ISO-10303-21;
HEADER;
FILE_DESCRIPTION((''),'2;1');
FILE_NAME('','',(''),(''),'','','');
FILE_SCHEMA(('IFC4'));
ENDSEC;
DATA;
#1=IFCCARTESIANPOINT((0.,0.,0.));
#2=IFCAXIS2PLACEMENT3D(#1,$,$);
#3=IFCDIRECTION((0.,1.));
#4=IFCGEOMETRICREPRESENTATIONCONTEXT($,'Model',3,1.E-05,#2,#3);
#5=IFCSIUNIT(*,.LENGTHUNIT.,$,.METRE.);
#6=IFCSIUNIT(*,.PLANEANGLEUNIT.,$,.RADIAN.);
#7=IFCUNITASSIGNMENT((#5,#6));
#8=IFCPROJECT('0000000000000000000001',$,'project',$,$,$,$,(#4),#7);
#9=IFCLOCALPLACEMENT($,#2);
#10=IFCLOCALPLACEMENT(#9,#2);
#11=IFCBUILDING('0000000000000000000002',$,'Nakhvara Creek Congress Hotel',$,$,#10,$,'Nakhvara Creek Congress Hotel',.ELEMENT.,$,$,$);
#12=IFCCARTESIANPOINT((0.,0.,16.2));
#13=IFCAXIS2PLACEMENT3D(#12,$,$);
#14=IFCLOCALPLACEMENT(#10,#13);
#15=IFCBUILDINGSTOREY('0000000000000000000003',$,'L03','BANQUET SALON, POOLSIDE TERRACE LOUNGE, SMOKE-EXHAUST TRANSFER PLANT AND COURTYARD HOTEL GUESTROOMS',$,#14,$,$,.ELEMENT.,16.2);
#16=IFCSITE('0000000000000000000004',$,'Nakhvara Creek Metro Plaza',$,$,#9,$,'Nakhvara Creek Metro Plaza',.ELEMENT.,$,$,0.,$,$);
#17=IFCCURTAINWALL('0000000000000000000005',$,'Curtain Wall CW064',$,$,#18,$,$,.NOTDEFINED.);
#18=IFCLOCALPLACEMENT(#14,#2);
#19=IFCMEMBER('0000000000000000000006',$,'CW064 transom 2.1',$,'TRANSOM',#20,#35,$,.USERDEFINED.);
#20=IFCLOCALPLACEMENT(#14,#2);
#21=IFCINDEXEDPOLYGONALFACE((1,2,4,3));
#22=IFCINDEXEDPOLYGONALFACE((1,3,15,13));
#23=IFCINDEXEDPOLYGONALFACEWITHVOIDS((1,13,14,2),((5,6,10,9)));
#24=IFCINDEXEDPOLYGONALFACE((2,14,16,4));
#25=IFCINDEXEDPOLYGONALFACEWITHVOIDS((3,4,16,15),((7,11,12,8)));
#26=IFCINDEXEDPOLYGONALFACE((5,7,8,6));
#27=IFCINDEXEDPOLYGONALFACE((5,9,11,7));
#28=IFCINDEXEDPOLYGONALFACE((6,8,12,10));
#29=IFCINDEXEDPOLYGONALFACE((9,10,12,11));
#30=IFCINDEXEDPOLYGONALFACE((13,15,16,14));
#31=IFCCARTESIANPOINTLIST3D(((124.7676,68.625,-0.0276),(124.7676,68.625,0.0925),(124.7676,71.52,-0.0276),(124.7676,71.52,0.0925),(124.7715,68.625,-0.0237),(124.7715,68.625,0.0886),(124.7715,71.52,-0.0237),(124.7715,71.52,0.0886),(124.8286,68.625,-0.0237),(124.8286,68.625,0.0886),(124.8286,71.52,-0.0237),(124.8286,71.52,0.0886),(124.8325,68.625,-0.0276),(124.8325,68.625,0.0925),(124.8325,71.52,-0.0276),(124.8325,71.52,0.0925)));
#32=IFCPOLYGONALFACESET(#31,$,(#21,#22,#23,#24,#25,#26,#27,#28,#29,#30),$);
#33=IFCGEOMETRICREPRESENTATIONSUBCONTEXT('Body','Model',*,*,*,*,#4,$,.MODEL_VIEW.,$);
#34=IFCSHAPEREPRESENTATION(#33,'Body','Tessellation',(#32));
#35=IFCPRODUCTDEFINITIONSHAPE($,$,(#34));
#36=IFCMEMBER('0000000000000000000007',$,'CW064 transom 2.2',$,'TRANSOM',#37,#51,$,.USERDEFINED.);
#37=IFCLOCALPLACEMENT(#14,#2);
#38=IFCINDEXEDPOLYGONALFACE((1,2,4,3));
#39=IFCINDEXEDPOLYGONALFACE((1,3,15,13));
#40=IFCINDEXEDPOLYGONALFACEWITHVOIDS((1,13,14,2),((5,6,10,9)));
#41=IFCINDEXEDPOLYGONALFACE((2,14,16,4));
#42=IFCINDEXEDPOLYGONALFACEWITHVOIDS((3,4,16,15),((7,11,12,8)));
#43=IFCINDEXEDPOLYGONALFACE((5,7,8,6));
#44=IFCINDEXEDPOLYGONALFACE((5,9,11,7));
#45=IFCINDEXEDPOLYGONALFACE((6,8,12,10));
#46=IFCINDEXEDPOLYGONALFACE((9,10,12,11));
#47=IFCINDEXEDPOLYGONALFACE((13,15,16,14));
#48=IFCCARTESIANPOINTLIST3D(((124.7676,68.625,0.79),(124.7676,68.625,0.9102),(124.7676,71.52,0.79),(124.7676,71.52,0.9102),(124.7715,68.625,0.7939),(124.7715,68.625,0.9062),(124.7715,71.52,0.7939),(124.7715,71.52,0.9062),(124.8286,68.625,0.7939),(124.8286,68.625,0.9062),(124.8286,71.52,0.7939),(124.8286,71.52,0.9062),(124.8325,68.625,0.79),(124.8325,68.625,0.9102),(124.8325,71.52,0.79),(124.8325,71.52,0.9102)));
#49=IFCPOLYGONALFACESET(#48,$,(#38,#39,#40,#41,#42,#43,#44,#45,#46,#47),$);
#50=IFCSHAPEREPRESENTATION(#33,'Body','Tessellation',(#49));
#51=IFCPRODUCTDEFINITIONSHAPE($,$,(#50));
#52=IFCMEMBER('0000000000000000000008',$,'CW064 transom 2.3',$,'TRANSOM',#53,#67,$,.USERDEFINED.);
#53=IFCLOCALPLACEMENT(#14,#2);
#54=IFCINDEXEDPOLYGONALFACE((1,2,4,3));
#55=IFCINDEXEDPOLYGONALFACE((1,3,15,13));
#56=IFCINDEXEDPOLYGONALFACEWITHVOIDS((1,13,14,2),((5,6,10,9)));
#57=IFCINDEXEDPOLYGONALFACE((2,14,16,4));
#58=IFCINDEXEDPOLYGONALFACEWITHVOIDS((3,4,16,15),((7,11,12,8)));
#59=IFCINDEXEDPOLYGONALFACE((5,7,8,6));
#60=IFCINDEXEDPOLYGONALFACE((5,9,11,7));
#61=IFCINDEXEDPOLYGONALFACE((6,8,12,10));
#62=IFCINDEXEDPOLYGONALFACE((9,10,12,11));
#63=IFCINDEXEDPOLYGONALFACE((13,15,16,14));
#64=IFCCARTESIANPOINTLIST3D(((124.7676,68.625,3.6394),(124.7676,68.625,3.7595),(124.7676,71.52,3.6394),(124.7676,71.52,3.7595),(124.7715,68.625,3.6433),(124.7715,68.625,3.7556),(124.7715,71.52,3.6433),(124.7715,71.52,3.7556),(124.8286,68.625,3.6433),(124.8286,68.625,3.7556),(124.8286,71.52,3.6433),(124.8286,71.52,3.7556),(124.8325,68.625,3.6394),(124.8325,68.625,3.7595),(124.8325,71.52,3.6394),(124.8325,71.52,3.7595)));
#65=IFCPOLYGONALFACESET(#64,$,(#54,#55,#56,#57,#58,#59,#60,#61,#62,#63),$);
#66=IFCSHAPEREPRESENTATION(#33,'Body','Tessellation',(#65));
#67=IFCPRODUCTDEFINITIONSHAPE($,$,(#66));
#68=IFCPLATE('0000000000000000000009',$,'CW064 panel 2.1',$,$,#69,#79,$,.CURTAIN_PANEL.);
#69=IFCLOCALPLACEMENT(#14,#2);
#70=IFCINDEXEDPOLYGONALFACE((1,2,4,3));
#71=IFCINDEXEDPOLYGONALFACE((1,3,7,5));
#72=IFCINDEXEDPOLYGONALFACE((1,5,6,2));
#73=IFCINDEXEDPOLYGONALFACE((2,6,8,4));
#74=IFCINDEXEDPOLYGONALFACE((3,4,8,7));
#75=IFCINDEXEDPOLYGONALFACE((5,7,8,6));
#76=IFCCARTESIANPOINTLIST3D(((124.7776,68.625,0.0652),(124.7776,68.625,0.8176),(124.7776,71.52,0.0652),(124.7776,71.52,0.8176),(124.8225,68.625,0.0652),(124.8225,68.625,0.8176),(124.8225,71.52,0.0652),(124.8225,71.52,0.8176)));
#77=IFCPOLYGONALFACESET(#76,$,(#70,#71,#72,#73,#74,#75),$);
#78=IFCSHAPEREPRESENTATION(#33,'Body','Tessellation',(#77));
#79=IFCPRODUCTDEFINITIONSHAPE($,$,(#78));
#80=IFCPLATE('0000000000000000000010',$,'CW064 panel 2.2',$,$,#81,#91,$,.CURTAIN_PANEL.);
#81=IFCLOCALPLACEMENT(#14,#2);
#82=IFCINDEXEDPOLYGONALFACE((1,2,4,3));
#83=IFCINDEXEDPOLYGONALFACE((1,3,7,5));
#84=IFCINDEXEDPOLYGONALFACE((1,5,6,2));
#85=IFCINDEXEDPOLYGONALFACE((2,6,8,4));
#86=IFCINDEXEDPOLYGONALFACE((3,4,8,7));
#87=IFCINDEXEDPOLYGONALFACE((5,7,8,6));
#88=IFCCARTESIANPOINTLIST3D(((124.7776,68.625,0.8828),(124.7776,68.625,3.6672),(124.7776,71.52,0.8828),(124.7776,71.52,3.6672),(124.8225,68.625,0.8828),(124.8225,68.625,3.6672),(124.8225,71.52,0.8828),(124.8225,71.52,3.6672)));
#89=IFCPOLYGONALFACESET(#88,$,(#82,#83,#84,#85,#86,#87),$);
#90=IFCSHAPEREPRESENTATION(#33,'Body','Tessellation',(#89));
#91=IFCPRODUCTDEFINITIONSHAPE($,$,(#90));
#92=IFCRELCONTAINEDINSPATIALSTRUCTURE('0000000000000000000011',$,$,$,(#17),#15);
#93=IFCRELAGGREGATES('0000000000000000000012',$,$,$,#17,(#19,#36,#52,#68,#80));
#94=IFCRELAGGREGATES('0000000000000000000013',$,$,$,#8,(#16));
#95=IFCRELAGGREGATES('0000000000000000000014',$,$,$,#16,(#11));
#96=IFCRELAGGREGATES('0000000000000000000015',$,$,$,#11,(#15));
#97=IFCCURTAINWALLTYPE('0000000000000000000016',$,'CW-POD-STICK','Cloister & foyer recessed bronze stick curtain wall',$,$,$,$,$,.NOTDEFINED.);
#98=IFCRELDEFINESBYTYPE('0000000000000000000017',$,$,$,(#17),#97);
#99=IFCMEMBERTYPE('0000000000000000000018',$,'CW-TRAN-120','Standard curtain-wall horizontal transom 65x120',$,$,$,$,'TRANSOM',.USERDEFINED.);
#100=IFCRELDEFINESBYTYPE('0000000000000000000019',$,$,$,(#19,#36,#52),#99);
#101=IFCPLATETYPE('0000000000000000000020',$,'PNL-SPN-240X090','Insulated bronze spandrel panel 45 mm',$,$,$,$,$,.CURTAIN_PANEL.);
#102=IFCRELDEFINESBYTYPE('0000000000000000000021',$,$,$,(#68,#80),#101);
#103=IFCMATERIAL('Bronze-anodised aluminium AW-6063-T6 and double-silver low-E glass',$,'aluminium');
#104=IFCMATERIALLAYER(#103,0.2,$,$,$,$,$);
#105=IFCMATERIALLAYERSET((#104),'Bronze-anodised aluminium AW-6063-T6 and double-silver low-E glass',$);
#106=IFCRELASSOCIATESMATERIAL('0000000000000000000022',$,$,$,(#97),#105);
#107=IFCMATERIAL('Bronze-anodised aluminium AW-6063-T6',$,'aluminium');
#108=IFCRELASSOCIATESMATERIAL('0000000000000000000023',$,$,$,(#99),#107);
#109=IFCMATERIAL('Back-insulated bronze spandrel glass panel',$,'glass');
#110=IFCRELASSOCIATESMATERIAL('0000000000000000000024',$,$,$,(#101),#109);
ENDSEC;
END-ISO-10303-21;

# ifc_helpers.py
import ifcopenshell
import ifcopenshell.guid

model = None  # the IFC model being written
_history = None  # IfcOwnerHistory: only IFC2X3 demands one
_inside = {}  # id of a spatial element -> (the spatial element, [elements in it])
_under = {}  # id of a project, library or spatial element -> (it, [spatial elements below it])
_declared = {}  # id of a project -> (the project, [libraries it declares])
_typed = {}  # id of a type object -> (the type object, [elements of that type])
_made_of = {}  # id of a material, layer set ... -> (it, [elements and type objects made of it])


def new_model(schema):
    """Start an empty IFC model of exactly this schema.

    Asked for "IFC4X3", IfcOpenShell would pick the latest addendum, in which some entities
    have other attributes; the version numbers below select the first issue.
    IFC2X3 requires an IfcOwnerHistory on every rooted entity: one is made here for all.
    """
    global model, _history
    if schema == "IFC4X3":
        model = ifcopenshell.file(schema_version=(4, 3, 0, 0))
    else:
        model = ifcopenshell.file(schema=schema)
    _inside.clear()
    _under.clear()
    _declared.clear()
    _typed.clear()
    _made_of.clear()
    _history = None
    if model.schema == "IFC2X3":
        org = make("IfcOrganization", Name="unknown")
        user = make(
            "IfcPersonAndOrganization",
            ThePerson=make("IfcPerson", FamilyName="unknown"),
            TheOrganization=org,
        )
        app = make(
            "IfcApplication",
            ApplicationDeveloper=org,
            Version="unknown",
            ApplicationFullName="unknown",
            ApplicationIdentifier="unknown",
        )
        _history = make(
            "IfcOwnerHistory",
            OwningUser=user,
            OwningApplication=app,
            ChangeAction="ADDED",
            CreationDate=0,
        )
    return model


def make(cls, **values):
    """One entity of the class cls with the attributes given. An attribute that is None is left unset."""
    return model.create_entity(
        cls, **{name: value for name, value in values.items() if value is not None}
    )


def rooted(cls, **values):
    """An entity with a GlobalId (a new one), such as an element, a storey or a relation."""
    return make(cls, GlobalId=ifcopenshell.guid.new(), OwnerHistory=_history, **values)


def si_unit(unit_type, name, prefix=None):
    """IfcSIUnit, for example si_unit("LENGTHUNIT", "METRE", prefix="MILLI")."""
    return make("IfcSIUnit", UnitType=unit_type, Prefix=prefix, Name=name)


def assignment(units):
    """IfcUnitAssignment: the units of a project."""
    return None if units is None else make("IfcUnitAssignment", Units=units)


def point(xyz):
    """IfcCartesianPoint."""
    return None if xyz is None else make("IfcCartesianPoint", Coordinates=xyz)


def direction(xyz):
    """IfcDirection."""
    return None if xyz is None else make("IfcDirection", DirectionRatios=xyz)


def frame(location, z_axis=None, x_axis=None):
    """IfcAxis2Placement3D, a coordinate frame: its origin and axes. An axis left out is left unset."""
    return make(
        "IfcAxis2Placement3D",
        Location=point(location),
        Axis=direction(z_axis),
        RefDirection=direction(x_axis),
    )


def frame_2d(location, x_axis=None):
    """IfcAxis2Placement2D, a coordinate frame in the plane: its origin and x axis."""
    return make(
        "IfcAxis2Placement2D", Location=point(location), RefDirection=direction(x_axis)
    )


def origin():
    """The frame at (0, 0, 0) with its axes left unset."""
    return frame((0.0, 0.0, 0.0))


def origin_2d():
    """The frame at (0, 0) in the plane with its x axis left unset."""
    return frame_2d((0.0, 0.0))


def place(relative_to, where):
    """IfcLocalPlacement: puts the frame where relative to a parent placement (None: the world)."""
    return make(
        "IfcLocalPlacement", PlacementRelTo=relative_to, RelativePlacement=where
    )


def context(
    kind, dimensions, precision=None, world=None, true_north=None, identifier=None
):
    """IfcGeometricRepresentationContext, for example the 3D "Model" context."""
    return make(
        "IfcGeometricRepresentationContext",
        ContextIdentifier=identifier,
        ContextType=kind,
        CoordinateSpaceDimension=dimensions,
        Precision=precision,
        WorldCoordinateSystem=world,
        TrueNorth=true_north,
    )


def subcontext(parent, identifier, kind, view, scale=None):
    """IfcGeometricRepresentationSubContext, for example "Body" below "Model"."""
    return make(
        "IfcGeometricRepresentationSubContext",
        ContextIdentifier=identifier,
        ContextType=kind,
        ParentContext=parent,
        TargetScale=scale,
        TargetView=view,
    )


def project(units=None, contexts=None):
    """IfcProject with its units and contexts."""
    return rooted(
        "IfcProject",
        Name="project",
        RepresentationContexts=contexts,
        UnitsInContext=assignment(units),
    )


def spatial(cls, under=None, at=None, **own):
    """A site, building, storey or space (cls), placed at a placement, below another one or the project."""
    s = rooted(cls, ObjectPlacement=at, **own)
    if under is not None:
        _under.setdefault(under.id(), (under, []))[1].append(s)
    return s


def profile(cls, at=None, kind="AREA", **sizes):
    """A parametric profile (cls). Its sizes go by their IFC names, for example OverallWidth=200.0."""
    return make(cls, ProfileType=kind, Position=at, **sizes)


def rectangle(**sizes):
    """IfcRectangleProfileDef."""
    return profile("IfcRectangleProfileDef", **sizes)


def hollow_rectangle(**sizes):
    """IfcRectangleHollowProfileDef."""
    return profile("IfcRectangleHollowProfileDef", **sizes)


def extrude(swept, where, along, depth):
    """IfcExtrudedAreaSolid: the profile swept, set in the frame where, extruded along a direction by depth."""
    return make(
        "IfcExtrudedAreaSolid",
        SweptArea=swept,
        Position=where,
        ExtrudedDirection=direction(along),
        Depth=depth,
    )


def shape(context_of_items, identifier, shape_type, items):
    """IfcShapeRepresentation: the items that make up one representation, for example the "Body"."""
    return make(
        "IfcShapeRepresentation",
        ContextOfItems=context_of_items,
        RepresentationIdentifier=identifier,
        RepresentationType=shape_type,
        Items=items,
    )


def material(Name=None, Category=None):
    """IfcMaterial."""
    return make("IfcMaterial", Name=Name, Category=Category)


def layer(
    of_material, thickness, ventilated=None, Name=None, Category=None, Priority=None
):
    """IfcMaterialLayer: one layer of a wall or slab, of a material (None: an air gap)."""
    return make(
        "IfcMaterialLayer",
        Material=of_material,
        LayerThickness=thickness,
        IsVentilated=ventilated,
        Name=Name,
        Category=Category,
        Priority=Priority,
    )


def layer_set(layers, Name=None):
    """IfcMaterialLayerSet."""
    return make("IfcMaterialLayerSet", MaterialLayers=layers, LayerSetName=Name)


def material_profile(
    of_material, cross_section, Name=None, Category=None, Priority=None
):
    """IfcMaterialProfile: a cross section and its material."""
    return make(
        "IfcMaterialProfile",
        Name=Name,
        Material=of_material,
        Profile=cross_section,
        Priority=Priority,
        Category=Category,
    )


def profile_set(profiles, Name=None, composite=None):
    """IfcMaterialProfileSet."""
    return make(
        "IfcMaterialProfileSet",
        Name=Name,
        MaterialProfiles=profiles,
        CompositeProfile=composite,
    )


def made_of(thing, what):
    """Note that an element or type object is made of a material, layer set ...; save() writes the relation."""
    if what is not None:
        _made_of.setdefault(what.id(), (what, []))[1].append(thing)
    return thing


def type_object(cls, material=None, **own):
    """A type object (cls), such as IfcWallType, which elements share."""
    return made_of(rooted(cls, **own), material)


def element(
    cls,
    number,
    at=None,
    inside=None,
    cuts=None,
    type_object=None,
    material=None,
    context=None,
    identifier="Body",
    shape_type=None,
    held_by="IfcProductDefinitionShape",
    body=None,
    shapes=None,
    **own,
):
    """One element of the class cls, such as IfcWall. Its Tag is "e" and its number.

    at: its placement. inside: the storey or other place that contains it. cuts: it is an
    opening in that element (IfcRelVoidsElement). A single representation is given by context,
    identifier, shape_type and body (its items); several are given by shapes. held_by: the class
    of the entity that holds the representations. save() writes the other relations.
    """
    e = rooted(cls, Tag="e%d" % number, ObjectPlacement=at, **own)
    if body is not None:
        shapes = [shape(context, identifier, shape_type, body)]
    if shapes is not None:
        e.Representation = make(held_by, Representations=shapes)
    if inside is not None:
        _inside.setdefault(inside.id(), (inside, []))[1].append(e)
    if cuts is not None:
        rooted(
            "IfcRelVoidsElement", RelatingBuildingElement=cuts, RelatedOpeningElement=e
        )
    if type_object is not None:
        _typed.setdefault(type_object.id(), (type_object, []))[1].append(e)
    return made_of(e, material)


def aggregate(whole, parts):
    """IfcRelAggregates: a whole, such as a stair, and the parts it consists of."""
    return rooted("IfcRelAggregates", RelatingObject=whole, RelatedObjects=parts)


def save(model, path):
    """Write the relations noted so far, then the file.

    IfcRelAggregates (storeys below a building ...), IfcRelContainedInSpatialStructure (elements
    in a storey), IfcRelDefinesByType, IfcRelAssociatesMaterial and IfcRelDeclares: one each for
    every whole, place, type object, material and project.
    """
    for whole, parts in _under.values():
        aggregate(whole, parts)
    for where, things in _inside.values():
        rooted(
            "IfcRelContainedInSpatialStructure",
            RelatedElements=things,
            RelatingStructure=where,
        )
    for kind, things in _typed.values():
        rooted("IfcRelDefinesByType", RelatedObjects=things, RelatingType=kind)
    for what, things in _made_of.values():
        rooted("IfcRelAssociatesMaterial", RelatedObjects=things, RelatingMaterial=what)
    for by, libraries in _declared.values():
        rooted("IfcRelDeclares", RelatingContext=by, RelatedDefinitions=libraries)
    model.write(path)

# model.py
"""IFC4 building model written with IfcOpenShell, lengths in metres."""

from ifc_helpers import new_model, si_unit, direction, frame, origin, origin_2d, place, context, subcontext, project, spatial, rectangle, hollow_rectangle, extrude, material, layer, layer_set, material_profile, profile_set, type_object, element, aggregate, save


model = new_model("IFC4")

# Units and contexts
model_context = context("Model", 3, precision=1e-05, world=origin(), true_north=direction((0.0, 1.0)))
body_context = subcontext(model_context, "Body", "Model", "MODEL_VIEW")
ifc_project = project(units=[si_unit("LENGTHUNIT", "METRE"), si_unit("PLANEANGLEUNIT", "RADIAN")], contexts=[model_context])

# Site, building, storey
site_placement = place(None, origin())
site = spatial("IfcSite", under=ifc_project, at=site_placement, Name="Nakhvara Creek Metro Plaza", LongName="Nakhvara Creek Metro Plaza", CompositionType="ELEMENT", RefElevation=0.0)
building_placement = place(site_placement, origin())
building = spatial("IfcBuilding", under=site, at=building_placement, Name="Nakhvara Creek Congress Hotel", LongName="Nakhvara Creek Congress Hotel", CompositionType="ELEMENT")
storey_placement = place(building_placement, frame((0.0, 0.0, 16.2)))
storey = spatial("IfcBuildingStorey", under=building, at=storey_placement, Name="L03", Description="BANQUET SALON, POOLSIDE TERRACE LOUNGE, SMOKE-EXHAUST TRANSFER PLANT AND COURTYARD HOTEL GUESTROOMS", CompositionType="ELEMENT", Elevation=16.2)

# Curtain wall, members, plates
ifc_material_1 = material(Name="Bronze-anodised aluminium AW-6063-T6 and double-silver low-E glass", Category="aluminium")
ifc_layer = layer(ifc_material_1, 0.2)
ifc_layer_set = layer_set([ifc_layer], Name="Bronze-anodised aluminium AW-6063-T6 and double-silver low-E glass")
curtain_wall_type = type_object("IfcCurtainWallType", Name="CW-POD-STICK", Description="Cloister & foyer recessed bronze stick curtain wall", PredefinedType="NOTDEFINED", material=ifc_layer_set)
curtain_wall_placement = place(storey_placement, origin())
curtain_wall = element("IfcCurtainWall", 1, at=curtain_wall_placement, inside=storey, type_object=curtain_wall_type, Name="Curtain Wall CW064", PredefinedType="NOTDEFINED")
ifc_material_2 = material(Name="Bronze-anodised aluminium AW-6063-T6", Category="aluminium")
ifc_material_profile_1 = material_profile(ifc_material_2, hollow_rectangle(XDim=0.0649, YDim=0.1201, WallThickness=0.0039, at=origin_2d()), Name="ALU-TRAN 65x120x4", Category="LoadBearing")
ifc_profile_set_1 = profile_set([ifc_material_profile_1], Name="Bronze-anodised aluminium AW-6063-T6")
member_type_1 = type_object("IfcMemberType", Name="CW-TRAN-120", Description="Standard curtain-wall horizontal transom 65x120", ElementType="TRANSOM", PredefinedType="USERDEFINED", material=ifc_profile_set_1)
member_1_placement = place(storey_placement, frame((124.8, 68.625, 0.0325), z_axis=(0.0, 1.0, 0.0), x_axis=(-1.0, 0.0, 0.0)))
member_1 = element("IfcMember", 2, at=member_1_placement, type_object=member_type_1, Name="CW064 transom 2.1", ObjectType="TRANSOM", PredefinedType="USERDEFINED", context=body_context, shape_type="SweptSolid", body=[
    extrude(hollow_rectangle(XDim=0.0649, YDim=0.1201, WallThickness=0.0039, at=origin_2d()), origin(), (0.0, 0.0, 1.0), 2.895),
])
member_2_placement = place(storey_placement, frame((124.8, 68.625, 0.8501), z_axis=(0.0, 1.0, 0.0), x_axis=(-1.0, 0.0, 0.0)))
member_2 = element("IfcMember", 3, at=member_2_placement, type_object=member_type_1, Name="CW064 transom 2.2", ObjectType="TRANSOM", PredefinedType="USERDEFINED", context=body_context, shape_type="SweptSolid", body=[
    extrude(hollow_rectangle(XDim=0.0649, YDim=0.1201, WallThickness=0.0039, at=origin_2d()), origin(), (0.0, 0.0, 1.0), 2.895),
])
member_3_placement = place(storey_placement, frame((124.8, 68.625, 3.6995), z_axis=(0.0, 1.0, 0.0), x_axis=(-1.0, 0.0, 0.0)))
member_3 = element("IfcMember", 4, at=member_3_placement, type_object=member_type_1, Name="CW064 transom 2.3", ObjectType="TRANSOM", PredefinedType="USERDEFINED", context=body_context, shape_type="SweptSolid", body=[
    extrude(hollow_rectangle(XDim=0.0649, YDim=0.1201, WallThickness=0.0039, at=origin_2d()), origin(), (0.0, 0.0, 1.0), 2.895),
])
ifc_material_3 = material(Name="Back-insulated bronze spandrel glass panel", Category="glass")
plate_type = type_object("IfcPlateType", Name="PNL-SPN-240X090", Description="Insulated bronze spandrel panel 45 mm", PredefinedType="CURTAIN_PANEL", material=ifc_material_3)
plate_1_placement = place(storey_placement, frame((124.8, 70.0725, 0.0652), z_axis=(0.0, 0.0, 1.0), x_axis=(0.0, 1.0, 0.0)))
plate_1 = element("IfcPlate", 5, at=plate_1_placement, type_object=plate_type, Name="CW064 panel 2.1", PredefinedType="CURTAIN_PANEL", context=body_context, shape_type="SweptSolid", body=[
    extrude(rectangle(XDim=2.895, YDim=0.0449, at=origin_2d()), origin(), (0.0, 0.0, 1.0), 0.7524),
])
plate_2_placement = place(storey_placement, frame((124.8, 70.0725, 0.8828), z_axis=(0.0, 0.0, 1.0), x_axis=(0.0, 1.0, 0.0)))
plate_2 = element("IfcPlate", 6, at=plate_2_placement, type_object=plate_type, Name="CW064 panel 2.2", PredefinedType="CURTAIN_PANEL", context=body_context, shape_type="SweptSolid", body=[
    extrude(rectangle(XDim=2.895, YDim=0.0449, at=origin_2d()), origin(), (0.0, 0.0, 1.0), 2.7844),
])
aggregate(curtain_wall, [member_1, member_2, member_3, plate_1, plate_2])

save(model, "model.ifc")
